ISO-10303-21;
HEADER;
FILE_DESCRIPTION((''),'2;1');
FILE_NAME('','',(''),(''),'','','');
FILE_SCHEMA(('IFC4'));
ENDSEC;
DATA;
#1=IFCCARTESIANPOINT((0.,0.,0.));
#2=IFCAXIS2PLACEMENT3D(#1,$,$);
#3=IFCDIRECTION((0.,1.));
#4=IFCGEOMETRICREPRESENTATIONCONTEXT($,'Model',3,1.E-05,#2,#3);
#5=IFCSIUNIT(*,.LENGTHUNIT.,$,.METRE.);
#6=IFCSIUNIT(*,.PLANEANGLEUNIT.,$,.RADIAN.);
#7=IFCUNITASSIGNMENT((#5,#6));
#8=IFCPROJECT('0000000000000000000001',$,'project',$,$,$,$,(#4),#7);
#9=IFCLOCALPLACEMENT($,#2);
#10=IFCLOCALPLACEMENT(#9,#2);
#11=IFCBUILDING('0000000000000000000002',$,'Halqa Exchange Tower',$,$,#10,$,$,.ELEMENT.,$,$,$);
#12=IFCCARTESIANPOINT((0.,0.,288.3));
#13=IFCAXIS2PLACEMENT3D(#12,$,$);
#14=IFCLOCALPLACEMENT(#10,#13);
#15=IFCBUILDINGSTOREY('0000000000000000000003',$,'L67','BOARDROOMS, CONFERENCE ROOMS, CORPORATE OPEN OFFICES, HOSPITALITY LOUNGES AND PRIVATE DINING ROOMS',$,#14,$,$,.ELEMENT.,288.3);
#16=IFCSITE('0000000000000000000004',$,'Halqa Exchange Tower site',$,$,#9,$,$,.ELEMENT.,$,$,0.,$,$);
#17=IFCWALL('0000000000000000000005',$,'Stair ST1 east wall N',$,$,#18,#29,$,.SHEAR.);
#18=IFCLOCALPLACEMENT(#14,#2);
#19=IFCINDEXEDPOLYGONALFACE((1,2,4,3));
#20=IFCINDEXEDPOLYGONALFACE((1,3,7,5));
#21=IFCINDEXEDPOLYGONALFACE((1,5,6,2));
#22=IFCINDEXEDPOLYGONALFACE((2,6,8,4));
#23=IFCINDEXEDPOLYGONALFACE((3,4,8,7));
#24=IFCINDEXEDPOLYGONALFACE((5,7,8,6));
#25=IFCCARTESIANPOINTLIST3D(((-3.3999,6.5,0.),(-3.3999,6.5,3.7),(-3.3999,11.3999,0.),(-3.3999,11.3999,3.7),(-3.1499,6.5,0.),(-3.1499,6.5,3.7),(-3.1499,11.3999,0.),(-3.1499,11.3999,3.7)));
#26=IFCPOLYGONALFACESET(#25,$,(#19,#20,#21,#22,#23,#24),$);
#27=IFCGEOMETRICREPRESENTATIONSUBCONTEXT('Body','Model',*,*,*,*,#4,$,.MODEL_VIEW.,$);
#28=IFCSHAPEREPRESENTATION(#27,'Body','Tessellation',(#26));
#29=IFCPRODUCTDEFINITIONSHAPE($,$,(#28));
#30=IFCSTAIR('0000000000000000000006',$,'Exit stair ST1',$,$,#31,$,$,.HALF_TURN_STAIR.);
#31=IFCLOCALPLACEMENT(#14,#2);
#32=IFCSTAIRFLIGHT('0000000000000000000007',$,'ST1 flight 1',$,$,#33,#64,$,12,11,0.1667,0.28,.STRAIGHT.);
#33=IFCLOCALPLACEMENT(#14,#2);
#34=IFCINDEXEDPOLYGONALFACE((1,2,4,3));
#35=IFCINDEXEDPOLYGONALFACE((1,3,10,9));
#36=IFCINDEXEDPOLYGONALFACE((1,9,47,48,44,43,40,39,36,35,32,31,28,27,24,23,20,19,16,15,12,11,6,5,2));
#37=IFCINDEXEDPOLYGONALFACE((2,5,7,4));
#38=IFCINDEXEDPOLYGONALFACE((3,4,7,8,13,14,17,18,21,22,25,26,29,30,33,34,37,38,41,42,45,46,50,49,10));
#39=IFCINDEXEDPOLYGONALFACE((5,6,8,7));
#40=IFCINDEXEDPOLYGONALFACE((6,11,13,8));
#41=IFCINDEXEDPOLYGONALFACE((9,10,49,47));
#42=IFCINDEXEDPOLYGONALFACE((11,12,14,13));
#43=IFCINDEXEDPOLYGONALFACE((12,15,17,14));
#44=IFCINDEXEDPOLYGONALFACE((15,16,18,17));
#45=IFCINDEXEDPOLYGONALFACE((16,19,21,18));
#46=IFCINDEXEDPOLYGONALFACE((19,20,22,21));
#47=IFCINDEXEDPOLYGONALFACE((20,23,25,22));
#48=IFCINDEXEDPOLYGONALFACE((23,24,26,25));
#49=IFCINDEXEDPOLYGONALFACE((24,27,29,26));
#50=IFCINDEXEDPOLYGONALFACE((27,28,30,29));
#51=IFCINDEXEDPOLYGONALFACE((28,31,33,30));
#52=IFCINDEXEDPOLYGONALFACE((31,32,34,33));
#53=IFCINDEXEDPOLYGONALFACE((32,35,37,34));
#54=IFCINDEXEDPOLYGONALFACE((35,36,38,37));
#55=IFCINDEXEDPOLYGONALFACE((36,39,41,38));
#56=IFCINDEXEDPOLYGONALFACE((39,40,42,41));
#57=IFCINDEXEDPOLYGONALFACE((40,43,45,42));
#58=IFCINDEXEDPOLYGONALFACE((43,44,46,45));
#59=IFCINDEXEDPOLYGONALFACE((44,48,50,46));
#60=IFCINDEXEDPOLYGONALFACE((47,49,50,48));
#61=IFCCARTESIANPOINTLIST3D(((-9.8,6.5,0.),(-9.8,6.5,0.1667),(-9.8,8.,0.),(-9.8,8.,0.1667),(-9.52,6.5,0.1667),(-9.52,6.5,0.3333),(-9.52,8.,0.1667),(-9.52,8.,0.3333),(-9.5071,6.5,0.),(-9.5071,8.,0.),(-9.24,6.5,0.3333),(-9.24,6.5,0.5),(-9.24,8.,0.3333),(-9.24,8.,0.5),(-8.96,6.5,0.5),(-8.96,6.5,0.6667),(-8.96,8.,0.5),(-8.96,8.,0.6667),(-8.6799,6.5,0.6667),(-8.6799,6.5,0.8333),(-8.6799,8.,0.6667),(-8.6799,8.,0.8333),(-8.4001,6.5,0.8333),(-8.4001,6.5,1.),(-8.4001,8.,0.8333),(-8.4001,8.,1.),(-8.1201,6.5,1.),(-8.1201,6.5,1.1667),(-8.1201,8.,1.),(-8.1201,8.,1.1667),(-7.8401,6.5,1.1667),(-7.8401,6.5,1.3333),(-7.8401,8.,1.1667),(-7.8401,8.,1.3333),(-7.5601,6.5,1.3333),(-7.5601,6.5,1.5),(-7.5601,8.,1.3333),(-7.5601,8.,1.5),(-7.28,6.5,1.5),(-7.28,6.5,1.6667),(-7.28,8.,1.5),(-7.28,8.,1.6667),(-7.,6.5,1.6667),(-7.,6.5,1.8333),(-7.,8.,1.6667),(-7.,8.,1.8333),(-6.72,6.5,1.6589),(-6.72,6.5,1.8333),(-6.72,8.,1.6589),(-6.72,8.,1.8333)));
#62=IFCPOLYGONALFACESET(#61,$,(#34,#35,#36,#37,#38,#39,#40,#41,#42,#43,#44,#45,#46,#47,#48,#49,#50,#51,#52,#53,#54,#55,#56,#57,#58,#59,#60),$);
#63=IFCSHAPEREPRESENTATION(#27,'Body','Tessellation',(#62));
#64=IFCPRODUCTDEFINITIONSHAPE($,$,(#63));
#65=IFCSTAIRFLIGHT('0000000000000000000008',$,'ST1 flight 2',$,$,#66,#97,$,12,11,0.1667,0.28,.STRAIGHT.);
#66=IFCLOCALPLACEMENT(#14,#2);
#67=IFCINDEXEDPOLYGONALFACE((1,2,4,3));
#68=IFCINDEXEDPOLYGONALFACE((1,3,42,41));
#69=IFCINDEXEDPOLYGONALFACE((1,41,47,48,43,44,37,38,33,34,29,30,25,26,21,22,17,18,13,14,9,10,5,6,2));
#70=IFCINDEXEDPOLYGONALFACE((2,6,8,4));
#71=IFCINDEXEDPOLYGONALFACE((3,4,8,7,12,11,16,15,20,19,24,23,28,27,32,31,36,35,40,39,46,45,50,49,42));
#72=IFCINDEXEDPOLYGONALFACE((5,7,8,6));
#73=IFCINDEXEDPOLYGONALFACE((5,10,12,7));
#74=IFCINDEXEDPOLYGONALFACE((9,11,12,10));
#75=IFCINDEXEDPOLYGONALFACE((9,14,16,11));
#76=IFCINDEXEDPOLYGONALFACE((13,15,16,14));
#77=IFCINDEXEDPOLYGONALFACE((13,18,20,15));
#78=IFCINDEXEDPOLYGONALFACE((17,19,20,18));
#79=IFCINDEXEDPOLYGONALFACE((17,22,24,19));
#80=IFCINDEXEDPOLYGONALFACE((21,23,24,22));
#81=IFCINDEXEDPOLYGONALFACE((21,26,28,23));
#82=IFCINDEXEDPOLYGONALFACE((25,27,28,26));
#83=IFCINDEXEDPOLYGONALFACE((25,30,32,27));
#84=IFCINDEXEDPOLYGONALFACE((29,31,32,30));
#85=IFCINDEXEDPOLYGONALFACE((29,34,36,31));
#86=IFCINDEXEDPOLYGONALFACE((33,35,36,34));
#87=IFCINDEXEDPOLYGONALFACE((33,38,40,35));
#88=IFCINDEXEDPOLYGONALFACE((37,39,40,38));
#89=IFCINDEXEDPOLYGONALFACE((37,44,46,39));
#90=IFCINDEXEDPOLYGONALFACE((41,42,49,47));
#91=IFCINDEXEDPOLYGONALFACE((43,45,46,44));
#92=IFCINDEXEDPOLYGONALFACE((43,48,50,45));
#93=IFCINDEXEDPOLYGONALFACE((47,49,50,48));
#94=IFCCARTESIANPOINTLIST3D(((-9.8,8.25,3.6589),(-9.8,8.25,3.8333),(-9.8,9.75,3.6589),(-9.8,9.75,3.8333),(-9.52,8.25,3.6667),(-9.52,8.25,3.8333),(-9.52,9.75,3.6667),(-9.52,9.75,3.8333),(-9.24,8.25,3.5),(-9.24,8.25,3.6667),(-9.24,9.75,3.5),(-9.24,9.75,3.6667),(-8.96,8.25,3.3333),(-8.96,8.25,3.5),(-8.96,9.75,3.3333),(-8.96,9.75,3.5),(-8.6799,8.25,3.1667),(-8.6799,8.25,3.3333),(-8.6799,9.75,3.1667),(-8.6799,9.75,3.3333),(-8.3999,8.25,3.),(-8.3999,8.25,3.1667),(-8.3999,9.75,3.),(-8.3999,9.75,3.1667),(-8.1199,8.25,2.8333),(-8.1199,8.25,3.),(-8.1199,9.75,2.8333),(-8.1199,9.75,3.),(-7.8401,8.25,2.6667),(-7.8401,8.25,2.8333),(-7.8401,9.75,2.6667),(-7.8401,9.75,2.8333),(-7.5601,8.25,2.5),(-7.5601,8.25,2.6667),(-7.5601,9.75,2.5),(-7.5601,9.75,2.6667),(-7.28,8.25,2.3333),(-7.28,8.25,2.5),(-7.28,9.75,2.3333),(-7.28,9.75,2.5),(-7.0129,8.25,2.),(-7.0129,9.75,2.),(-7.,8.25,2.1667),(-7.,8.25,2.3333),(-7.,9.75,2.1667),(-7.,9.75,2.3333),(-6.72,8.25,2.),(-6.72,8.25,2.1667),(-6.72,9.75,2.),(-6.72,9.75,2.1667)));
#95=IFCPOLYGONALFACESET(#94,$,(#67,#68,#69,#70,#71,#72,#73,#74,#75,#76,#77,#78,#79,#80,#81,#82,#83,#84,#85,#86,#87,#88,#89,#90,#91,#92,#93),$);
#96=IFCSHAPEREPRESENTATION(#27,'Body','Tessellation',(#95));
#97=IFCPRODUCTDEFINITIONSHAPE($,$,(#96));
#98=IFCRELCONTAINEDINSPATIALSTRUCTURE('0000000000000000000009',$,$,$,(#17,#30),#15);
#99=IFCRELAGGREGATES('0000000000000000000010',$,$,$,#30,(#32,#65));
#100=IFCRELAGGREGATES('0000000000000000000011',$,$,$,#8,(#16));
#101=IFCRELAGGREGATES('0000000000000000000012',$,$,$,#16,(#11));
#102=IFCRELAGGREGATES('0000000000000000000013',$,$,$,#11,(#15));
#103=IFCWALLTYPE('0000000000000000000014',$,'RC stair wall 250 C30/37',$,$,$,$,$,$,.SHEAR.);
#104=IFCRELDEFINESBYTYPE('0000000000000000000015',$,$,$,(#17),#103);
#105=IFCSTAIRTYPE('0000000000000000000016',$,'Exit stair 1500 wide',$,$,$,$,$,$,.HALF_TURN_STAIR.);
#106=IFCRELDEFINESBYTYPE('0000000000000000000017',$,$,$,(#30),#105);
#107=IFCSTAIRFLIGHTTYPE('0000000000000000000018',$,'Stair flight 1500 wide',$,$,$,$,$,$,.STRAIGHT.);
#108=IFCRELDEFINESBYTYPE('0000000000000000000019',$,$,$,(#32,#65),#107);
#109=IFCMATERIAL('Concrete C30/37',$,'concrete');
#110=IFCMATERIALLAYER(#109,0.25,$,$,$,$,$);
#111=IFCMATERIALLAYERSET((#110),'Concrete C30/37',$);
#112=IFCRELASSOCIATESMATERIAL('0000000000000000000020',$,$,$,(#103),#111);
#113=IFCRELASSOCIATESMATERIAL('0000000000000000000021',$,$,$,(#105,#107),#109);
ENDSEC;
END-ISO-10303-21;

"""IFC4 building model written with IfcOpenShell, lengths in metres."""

from ifc_helpers import new_model, si_unit, direction, frame, frame_2d, origin, place, context, subcontext, project, spatial, polyline, rectangle, outline, extrude, material, layer, layer_set, type_object, element, aggregate, save


model = new_model("IFC4")

# Units and contexts
model_context = context("Model", 3, precision=1e-05, world=origin(), true_north=direction((0.0, 1.0)))
body_context = subcontext(model_context, "Body", "Model", "MODEL_VIEW")
ifc_project = project(units=[si_unit("LENGTHUNIT", "METRE"), si_unit("PLANEANGLEUNIT", "RADIAN")], contexts=[model_context])

# Site, building, storey
site_placement = place(None, origin())
site = spatial("IfcSite", under=ifc_project, at=site_placement, Name="Halqa Exchange Tower site", CompositionType="ELEMENT", RefElevation=0.0)
building_placement = place(site_placement, origin())
building = spatial("IfcBuilding", under=site, at=building_placement, Name="Halqa Exchange Tower", CompositionType="ELEMENT")
storey_placement = place(building_placement, frame((0.0, 0.0, 288.3)))
storey = spatial("IfcBuildingStorey", under=building, at=storey_placement, Name="L67", Description="BOARDROOMS, CONFERENCE ROOMS, CORPORATE OPEN OFFICES, HOSPITALITY LOUNGES AND PRIVATE DINING ROOMS", CompositionType="ELEMENT", Elevation=288.3)

# Wall
ifc_material_1 = material(Name="Concrete C30/37", Category="concrete")
ifc_layer_1 = layer(ifc_material_1, 0.25)
ifc_layer_set_1 = layer_set([ifc_layer_1], Name="Concrete C30/37")
wall_type_1 = type_object("IfcWallType", Name="RC stair wall 250 C30/37", PredefinedType="SHEAR", material=ifc_layer_set_1)
wall_1_placement = place(storey_placement, frame((-3.2749, 6.5, 0.0), z_axis=(0.0, 0.0, 1.0), x_axis=(0.0, 1.0, 0.0)))
element("IfcWall", 1, at=wall_1_placement, inside=storey, type_object=wall_type_1, Name="Stair ST1 east wall N", PredefinedType="SHEAR", context=body_context, shape_type="SweptSolid", body=[
    extrude(rectangle(XDim=4.8999, YDim=0.25, at=frame_2d((2.45, 0.0))), origin(), (0.0, 0.0, 1.0), 3.7),
])

# Stair, stair flights
stair_type = type_object("IfcStairType", Name="Exit stair 1500 wide", PredefinedType="HALF_TURN_STAIR", material=ifc_material_1)
stair_placement = place(storey_placement, origin())
stair = element("IfcStair", 2, at=stair_placement, inside=storey, type_object=stair_type, Name="Exit stair ST1", PredefinedType="HALF_TURN_STAIR")
stair_flight_type = type_object("IfcStairFlightType", Name="Stair flight 1500 wide", PredefinedType="STRAIGHT", material=ifc_material_1)
stair_flight_1_placement = place(storey_placement, frame((-9.8, 7.25, 0.0), z_axis=(0.0, 0.0, 1.0), x_axis=(1.0, 0.0, 0.0)))
stair_flight_1 = element("IfcStairFlight", 3, at=stair_flight_1_placement, type_object=stair_flight_type, Name="ST1 flight 1", NumberOfRisers=12, NumberOfTreads=11, PredefinedType="STRAIGHT", RiserHeight=0.1667, TreadLength=0.28, context=body_context, shape_type="SweptSolid", body=[
    extrude(outline(polyline([(0.0, 0.0), (0.0, 0.1667), (0.28, 0.1667), (0.28, 0.3333), (0.5601, 0.3333), (0.5601, 0.5), (0.8401, 0.5), (0.8401, 0.6667), (1.1201, 0.6667), (1.1201, 0.8333), (1.3999, 0.8333), (1.3999, 1.0), (1.6799, 1.0), (1.6799, 1.1667), (1.96, 1.1667), (1.96, 1.3333), (2.24, 1.3333), (2.24, 1.5), (2.52, 1.5), (2.52, 1.6667), (2.8, 1.6667), (2.8, 1.8333), (3.0801, 1.8333), (3.0801, 2.0), (3.0801, 1.6589), (0.293, 0.0), (0.0, 0.0)])), frame((0.0, 0.75, 0.0), z_axis=(0.0, -1.0, 0.0), x_axis=(1.0, 0.0, 0.0)), (0.0, 0.0, 1.0), 1.5),
])
stair_flight_2_placement = place(storey_placement, frame((-6.72, 9.0, 2.0), z_axis=(0.0, 0.0, 1.0), x_axis=(-1.0, 0.0, 0.0)))
stair_flight_2 = element("IfcStairFlight", 4, at=stair_flight_2_placement, type_object=stair_flight_type, Name="ST1 flight 2", NumberOfRisers=12, NumberOfTreads=11, PredefinedType="STRAIGHT", RiserHeight=0.1667, TreadLength=0.28, context=body_context, shape_type="SweptSolid", body=[
    extrude(outline(polyline([(0.0, 0.0), (0.0, 0.1667), (0.28, 0.1667), (0.28, 0.3333), (0.5601, 0.3333), (0.5601, 0.5), (0.8401, 0.5), (0.8401, 0.6667), (1.1201, 0.6667), (1.1201, 0.8333), (1.3999, 0.8333), (1.3999, 1.0), (1.6799, 1.0), (1.6799, 1.1667), (1.96, 1.1667), (1.96, 1.3333), (2.24, 1.3333), (2.24, 1.5), (2.52, 1.5), (2.52, 1.6667), (2.8, 1.6667), (2.8, 1.8333), (3.0801, 1.8333), (3.0801, 2.0), (3.0801, 1.6589), (0.293, 0.0), (0.0, 0.0)])), frame((0.0, 0.75, 0.0), z_axis=(0.0, -1.0, 0.0), x_axis=(1.0, 0.0, 0.0)), (0.0, 0.0, 1.0), 1.5),
])
aggregate(stair, [stair_flight_1, stair_flight_2])

save(model, "model.ifc")
